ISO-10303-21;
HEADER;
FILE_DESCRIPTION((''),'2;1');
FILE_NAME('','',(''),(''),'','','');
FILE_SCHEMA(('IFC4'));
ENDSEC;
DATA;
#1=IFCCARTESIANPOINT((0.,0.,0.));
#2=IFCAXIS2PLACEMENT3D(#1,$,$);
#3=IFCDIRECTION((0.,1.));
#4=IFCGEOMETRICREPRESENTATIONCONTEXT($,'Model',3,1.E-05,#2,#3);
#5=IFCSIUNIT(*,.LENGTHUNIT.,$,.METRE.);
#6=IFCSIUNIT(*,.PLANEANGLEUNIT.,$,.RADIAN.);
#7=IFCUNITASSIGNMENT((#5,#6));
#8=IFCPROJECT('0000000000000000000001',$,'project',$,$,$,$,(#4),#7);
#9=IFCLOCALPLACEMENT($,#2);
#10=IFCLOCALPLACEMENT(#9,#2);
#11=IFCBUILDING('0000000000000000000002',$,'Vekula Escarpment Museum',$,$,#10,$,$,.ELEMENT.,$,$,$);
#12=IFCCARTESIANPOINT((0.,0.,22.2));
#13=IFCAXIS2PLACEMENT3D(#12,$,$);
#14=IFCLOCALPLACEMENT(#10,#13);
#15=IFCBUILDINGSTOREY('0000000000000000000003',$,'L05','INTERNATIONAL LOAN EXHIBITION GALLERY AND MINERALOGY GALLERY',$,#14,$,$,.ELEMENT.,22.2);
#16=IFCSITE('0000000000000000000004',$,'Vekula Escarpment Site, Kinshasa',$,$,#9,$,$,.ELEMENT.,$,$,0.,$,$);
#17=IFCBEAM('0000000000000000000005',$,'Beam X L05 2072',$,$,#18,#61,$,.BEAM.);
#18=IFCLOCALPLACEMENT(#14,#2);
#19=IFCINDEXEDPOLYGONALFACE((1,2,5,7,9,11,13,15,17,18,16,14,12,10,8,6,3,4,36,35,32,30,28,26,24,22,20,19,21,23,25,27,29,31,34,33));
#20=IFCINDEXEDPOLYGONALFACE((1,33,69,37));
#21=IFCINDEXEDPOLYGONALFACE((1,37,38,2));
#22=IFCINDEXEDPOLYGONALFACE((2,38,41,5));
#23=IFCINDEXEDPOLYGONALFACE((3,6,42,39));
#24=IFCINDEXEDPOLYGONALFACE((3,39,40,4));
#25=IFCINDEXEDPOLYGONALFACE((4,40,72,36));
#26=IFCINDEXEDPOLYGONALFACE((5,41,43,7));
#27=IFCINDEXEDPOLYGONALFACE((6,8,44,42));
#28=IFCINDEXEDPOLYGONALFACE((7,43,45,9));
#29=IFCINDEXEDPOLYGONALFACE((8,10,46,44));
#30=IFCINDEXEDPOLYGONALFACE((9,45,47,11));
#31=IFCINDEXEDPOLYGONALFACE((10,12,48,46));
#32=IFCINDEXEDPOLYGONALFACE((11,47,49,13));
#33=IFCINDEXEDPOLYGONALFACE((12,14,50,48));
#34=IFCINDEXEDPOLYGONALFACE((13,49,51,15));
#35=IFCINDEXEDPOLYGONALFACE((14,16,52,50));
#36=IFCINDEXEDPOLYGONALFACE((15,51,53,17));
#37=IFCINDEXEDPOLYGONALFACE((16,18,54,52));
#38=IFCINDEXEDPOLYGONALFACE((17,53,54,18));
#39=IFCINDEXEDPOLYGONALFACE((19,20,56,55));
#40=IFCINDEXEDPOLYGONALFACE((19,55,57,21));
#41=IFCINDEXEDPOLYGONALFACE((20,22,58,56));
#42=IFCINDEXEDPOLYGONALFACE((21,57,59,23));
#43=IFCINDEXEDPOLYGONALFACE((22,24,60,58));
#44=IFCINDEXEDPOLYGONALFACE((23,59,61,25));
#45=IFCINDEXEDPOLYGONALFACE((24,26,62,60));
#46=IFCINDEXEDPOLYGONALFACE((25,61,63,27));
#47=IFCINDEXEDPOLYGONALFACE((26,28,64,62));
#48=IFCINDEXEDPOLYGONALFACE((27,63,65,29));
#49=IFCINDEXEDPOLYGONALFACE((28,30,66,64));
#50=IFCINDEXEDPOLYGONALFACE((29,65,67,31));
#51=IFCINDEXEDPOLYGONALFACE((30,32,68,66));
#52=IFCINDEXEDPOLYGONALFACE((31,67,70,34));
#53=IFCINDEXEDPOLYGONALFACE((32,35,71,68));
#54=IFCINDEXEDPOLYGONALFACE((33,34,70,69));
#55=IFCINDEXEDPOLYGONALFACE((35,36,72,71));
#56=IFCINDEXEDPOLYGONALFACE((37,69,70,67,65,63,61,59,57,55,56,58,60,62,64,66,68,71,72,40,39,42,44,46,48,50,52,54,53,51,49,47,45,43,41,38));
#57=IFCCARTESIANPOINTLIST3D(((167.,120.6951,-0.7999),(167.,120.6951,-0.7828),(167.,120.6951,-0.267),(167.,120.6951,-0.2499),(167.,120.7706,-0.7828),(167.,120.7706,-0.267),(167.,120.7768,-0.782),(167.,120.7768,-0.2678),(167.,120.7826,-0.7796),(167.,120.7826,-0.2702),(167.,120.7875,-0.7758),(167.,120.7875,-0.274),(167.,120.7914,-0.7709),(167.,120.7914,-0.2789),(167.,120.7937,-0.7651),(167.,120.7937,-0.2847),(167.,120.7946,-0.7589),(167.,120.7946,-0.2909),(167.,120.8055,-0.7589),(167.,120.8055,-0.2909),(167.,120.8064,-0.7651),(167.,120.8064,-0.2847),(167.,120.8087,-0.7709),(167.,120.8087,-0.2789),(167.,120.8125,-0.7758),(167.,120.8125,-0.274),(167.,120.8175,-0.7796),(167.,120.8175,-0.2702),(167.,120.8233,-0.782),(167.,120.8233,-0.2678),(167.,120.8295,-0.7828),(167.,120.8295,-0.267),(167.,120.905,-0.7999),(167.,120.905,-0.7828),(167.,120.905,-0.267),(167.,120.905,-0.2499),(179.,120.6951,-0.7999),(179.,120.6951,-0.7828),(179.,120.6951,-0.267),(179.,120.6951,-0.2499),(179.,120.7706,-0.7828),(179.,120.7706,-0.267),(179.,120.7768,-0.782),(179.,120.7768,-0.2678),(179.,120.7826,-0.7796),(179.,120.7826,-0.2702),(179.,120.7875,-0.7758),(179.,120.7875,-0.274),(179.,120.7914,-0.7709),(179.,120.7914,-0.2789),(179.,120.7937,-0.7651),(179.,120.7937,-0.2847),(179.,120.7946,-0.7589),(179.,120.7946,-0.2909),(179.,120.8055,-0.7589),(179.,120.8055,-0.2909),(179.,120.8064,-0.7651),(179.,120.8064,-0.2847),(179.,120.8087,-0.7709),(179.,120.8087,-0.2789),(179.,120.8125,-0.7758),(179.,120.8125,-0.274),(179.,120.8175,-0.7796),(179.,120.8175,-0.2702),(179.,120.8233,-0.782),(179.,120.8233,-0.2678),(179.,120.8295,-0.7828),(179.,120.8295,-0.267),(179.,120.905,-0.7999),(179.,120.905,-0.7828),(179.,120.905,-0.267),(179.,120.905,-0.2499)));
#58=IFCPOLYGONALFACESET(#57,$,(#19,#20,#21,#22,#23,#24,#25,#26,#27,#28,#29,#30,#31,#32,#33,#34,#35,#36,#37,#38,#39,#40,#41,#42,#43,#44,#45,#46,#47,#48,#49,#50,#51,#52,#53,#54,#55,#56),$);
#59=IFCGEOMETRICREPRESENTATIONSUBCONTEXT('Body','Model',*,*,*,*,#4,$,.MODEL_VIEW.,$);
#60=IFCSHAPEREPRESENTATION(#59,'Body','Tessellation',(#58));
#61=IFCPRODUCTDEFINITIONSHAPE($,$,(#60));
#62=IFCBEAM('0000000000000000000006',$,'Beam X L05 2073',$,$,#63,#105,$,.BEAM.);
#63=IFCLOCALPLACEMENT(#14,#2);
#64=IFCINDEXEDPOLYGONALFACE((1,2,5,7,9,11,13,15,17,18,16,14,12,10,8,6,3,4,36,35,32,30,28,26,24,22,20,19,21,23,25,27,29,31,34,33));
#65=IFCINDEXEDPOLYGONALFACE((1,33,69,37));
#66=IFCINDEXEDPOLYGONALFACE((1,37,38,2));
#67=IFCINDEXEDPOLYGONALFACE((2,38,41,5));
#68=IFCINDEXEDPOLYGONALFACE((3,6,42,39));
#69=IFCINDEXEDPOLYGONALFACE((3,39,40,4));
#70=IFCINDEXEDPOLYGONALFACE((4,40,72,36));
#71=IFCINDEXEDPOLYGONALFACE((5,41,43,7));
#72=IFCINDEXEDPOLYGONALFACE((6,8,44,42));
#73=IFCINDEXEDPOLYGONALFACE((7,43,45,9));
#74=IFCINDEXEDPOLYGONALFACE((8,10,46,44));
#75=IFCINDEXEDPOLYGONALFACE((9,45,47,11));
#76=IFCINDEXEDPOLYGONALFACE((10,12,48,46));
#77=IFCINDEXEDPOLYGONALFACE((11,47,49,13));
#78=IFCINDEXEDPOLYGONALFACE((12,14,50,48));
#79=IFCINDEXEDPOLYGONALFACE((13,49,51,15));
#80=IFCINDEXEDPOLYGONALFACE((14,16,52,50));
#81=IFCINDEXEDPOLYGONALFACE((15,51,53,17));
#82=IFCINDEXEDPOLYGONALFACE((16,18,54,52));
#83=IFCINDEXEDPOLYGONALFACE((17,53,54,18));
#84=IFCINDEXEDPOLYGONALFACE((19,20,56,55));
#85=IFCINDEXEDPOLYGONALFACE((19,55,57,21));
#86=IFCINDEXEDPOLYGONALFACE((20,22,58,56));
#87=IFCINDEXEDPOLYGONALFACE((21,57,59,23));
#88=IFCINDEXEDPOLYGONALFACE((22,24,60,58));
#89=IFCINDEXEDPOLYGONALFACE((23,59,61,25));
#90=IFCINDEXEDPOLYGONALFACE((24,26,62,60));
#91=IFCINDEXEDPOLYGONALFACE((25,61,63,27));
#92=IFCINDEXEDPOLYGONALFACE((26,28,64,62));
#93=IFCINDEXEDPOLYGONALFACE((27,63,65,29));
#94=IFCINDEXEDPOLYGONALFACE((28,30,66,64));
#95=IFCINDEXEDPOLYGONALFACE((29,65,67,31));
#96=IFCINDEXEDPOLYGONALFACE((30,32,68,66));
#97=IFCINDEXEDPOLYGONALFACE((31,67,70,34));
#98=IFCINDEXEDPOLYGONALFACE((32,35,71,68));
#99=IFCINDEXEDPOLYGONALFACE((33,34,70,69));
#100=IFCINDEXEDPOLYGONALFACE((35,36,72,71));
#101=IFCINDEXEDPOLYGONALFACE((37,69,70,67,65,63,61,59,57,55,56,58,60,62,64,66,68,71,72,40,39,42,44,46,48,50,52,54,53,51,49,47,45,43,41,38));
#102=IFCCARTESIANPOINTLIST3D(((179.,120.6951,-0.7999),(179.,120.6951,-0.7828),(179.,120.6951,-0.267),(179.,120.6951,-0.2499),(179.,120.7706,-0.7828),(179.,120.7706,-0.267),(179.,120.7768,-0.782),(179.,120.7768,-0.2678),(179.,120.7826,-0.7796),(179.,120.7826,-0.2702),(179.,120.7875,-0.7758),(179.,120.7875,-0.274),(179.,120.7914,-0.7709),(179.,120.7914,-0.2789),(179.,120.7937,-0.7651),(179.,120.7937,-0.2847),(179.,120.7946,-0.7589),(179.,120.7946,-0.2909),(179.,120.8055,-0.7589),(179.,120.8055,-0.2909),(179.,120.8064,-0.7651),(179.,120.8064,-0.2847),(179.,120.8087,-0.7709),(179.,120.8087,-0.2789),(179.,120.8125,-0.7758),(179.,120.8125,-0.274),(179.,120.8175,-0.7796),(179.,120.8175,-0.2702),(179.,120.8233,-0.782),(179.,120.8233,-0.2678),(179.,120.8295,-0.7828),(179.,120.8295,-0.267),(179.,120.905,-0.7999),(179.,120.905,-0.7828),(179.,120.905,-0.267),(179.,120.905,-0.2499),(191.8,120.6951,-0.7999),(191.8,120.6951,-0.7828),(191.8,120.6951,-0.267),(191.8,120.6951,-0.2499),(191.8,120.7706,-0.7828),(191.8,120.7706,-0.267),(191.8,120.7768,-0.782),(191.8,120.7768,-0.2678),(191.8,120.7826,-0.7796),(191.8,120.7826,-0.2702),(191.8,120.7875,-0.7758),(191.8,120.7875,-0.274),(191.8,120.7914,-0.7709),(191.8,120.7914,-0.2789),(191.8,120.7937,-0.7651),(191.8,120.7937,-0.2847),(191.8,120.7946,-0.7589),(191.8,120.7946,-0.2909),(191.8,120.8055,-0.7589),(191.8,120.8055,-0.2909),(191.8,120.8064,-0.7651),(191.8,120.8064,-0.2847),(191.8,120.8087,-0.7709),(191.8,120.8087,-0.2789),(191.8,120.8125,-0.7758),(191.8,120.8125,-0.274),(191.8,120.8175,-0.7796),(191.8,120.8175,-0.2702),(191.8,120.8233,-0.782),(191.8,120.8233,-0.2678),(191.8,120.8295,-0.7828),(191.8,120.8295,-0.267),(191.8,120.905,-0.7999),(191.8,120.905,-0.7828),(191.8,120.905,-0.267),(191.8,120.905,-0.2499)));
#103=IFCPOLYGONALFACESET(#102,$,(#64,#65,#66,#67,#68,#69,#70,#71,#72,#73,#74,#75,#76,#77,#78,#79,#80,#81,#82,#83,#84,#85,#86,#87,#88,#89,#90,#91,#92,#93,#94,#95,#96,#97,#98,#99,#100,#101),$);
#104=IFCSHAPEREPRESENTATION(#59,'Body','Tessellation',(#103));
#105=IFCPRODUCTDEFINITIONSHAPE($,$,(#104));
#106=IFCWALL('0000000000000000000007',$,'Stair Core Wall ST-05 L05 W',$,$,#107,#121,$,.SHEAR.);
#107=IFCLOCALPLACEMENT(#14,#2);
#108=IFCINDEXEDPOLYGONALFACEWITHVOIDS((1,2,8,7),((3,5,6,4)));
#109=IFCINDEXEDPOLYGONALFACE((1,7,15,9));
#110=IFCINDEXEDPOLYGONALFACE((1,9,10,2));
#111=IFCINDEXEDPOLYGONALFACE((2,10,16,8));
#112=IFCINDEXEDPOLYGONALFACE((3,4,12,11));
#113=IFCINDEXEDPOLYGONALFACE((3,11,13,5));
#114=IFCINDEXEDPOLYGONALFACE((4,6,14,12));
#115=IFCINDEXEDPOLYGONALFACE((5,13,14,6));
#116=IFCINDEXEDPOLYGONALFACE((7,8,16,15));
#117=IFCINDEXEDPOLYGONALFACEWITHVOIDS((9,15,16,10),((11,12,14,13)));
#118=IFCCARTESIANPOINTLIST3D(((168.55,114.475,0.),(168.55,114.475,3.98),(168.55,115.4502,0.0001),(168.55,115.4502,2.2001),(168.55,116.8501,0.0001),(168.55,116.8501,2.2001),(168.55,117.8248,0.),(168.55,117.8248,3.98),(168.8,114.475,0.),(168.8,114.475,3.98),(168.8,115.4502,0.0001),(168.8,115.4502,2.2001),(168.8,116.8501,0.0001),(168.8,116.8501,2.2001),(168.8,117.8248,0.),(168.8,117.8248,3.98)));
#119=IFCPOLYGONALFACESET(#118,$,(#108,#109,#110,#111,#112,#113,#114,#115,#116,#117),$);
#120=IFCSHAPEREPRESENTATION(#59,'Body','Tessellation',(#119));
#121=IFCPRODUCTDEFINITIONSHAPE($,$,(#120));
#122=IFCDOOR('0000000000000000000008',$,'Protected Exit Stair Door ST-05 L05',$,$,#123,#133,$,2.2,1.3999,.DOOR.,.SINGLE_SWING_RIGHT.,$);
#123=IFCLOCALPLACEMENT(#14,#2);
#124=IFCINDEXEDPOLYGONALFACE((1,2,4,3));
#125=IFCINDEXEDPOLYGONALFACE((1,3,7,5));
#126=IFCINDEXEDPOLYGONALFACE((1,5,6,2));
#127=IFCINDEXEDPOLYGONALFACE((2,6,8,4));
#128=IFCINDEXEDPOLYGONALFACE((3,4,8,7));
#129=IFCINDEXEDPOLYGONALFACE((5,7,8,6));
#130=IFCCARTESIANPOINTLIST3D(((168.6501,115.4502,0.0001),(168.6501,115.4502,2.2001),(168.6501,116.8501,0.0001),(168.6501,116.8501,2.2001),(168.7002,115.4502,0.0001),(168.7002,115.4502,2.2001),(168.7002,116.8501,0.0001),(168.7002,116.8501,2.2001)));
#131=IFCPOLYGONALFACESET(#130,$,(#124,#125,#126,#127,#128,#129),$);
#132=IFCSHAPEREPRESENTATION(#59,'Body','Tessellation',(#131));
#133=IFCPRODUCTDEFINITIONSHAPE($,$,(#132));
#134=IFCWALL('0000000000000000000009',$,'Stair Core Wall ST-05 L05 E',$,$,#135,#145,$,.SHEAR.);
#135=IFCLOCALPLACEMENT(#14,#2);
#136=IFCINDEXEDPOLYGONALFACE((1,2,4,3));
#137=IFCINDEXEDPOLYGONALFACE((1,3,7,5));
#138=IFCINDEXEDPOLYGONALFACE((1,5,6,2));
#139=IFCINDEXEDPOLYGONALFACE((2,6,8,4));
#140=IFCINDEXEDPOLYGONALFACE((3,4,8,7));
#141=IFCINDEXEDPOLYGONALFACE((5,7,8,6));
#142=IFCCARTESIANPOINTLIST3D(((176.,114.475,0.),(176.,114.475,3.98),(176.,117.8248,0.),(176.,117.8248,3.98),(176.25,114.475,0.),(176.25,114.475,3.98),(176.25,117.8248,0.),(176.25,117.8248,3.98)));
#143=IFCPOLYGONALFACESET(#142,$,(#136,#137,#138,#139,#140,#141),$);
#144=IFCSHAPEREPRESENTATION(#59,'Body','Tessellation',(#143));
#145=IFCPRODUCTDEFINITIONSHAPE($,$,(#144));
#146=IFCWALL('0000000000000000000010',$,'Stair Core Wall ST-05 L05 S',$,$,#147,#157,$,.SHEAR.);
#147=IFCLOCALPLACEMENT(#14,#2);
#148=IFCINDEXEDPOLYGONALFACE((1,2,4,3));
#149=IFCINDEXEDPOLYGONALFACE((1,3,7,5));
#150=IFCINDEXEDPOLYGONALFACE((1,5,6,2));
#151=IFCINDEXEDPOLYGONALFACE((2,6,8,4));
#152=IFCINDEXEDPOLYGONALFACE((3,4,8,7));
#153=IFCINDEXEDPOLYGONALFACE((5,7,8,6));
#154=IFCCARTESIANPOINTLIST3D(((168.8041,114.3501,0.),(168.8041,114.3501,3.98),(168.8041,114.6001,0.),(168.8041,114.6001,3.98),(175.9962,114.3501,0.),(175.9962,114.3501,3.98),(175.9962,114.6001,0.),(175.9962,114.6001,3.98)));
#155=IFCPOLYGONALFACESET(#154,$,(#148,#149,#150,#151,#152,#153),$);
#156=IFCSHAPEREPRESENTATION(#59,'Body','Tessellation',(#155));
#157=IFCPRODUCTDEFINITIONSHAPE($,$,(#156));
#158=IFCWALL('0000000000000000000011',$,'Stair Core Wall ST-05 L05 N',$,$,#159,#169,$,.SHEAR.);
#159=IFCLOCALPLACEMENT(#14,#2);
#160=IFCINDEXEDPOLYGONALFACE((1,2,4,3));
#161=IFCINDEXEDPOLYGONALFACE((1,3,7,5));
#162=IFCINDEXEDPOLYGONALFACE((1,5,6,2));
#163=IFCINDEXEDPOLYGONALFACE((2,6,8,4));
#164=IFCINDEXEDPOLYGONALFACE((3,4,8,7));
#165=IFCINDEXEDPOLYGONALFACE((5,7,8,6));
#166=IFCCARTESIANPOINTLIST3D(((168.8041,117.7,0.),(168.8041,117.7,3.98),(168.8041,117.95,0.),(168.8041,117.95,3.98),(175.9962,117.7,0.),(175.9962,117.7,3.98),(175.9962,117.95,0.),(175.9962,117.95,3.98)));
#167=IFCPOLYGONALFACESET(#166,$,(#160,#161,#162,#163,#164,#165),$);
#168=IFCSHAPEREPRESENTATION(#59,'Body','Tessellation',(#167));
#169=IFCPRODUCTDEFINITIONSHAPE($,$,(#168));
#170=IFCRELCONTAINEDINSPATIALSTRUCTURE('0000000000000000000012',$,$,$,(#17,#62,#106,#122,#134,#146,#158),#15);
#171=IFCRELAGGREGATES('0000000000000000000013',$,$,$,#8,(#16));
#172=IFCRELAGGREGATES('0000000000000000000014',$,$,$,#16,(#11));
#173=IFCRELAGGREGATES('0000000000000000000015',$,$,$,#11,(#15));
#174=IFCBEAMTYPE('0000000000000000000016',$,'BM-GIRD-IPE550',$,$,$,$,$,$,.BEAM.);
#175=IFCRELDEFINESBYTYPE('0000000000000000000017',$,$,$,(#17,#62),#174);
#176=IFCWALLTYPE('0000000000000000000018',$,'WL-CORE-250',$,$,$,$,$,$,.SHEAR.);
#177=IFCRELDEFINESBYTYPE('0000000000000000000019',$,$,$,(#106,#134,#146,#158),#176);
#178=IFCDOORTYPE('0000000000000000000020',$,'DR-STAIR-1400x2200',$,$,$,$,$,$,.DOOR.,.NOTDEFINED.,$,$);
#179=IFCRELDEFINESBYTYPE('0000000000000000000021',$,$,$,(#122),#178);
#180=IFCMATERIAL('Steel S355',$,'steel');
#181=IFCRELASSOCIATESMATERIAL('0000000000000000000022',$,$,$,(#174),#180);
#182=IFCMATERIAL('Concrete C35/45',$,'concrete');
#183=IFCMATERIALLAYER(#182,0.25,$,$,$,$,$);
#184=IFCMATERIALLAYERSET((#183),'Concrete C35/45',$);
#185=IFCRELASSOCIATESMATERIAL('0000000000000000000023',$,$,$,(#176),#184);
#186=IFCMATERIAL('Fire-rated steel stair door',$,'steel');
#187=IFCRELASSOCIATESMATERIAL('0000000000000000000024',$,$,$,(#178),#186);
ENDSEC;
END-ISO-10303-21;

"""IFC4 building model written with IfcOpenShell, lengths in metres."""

from ifc_helpers import new_model, si_unit, direction, frame, frame_2d, origin, origin_2d, place, context, subcontext, project, spatial, rectangle, i_section, extrude, material, layer, layer_set, material_profile, profile_set, type_object, element, fill, save


model = new_model("IFC4")

# Units and contexts
model_context = context("Model", 3, precision=1e-05, world=origin(), true_north=direction((0.0, 1.0)))
body_context = subcontext(model_context, "Body", "Model", "MODEL_VIEW")
ifc_project = project(units=[si_unit("LENGTHUNIT", "METRE"), si_unit("PLANEANGLEUNIT", "RADIAN")], contexts=[model_context])

# Site, building, storey
site_placement = place(None, origin())
site = spatial("IfcSite", under=ifc_project, at=site_placement, Name="Vekula Escarpment Site, Kinshasa", CompositionType="ELEMENT", RefElevation=0.0)
building_placement = place(site_placement, origin())
building = spatial("IfcBuilding", under=site, at=building_placement, Name="Vekula Escarpment Museum", CompositionType="ELEMENT")
storey_placement = place(building_placement, frame((0.0, 0.0, 22.2)))
storey = spatial("IfcBuildingStorey", under=building, at=storey_placement, Name="L05", Description="INTERNATIONAL LOAN EXHIBITION GALLERY AND MINERALOGY GALLERY", CompositionType="ELEMENT", Elevation=22.2)

# Beams
ifc_material_1 = material(Name="Steel S355", Category="steel")
ifc_material_profile_1 = material_profile(ifc_material_1, i_section(OverallWidth=0.21, OverallDepth=0.55, WebThickness=0.011, FlangeThickness=0.0171, FilletRadius=0.0239, at=origin_2d()), Name="IPE 550")
ifc_profile_set_1 = profile_set([ifc_material_profile_1], Name="Steel S355")
beam_type_1 = type_object("IfcBeamType", Name="BM-GIRD-IPE550", PredefinedType="BEAM", material=ifc_profile_set_1)
beam_1_placement = place(storey_placement, frame((167.0, 120.8, -0.5249), z_axis=(1.0, 0.0, 0.0), x_axis=(0.0, 1.0, 0.0)))
element("IfcBeam", 1, at=beam_1_placement, inside=storey, type_object=beam_type_1, Name="Beam X L05 2072", PredefinedType="BEAM", context=body_context, shape_type="SweptSolid", body=[
    extrude(i_section(OverallWidth=0.21, OverallDepth=0.55, WebThickness=0.011, FlangeThickness=0.0171, FilletRadius=0.0239, at=origin_2d()), origin(), (0.0, 0.0, 1.0), 12.0),
])
beam_2_placement = place(storey_placement, frame((179.0, 120.8, -0.5249), z_axis=(1.0, 0.0, 0.0), x_axis=(0.0, 1.0, 0.0)))
element("IfcBeam", 2, at=beam_2_placement, inside=storey, type_object=beam_type_1, Name="Beam X L05 2073", PredefinedType="BEAM", context=body_context, shape_type="SweptSolid", body=[
    extrude(i_section(OverallWidth=0.21, OverallDepth=0.55, WebThickness=0.011, FlangeThickness=0.0171, FilletRadius=0.0239, at=origin_2d()), origin(), (0.0, 0.0, 1.0), 12.8),
])

# Wall, opening, door
ifc_material_2 = material(Name="Concrete C35/45", Category="concrete")
ifc_layer_1 = layer(ifc_material_2, 0.25)
ifc_layer_set_1 = layer_set([ifc_layer_1], Name="Concrete C35/45")
wall_type_1 = type_object("IfcWallType", Name="WL-CORE-250", PredefinedType="SHEAR", material=ifc_layer_set_1)
wall_1_placement = place(storey_placement, frame((168.675, 114.4751, 0.0), z_axis=(0.0, 0.0, 1.0), x_axis=(0.0, 1.0, 0.0)))
wall_1 = element("IfcWall", 3, at=wall_1_placement, inside=storey, type_object=wall_type_1, Name="Stair Core Wall ST-05 L05 W", PredefinedType="SHEAR", context=body_context, shape_type="SweptSolid", body=[
    extrude(rectangle(XDim=3.3499, YDim=0.25, at=frame_2d((1.6748, 0.0))), origin(), (0.0, 0.0, 1.0), 3.98),
])
opening_1_placement = place(wall_1_placement, frame((0.9751, 0.0, 0.0)))
opening_1 = element("IfcOpeningElement", 4, at=opening_1_placement, cuts=wall_1, PredefinedType="OPENING", context=body_context, shape_type="SweptSolid", body=[
    extrude(rectangle(XDim=1.3999, YDim=2.2, at=frame_2d((0.7, 1.1001))), frame((0.0, 0.135, 0.0), z_axis=(0.0, -1.0, 0.0), x_axis=(1.0, 0.0, 0.0)), (0.0, 0.0, 1.0), 0.27),
])
ifc_material_3 = material(Name="Fire-rated steel stair door", Category="steel")
door_type_1 = type_object("IfcDoorType", Name="DR-STAIR-1400x2200", OperationType="NOTDEFINED", PredefinedType="DOOR", material=ifc_material_3)
door_1_placement = place(opening_1_placement, origin())
door_1 = element("IfcDoor", 5, at=door_1_placement, inside=storey, type_object=door_type_1, Name="Protected Exit Stair Door ST-05 L05", OperationType="SINGLE_SWING_RIGHT", OverallHeight=2.2, OverallWidth=1.3999, PredefinedType="DOOR", context=body_context, shape_type="SweptSolid", body=[
    extrude(rectangle(XDim=1.3999, YDim=2.2, at=frame_2d((0.7, 1.1001))), frame((0.0, 0.0249, 0.0), z_axis=(0.0, -1.0, 0.0), x_axis=(1.0, 0.0, 0.0)), (0.0, 0.0, 1.0), 0.05),
])
fill(opening_1, door_1)

# Walls
wall_2_placement = place(storey_placement, frame((176.125, 114.4751, 0.0), z_axis=(0.0, 0.0, 1.0), x_axis=(0.0, 1.0, 0.0)))
element("IfcWall", 6, at=wall_2_placement, inside=storey, type_object=wall_type_1, Name="Stair Core Wall ST-05 L05 E", PredefinedType="SHEAR", context=body_context, shape_type="SweptSolid", body=[
    extrude(rectangle(XDim=3.3499, YDim=0.25, at=frame_2d((1.6748, 0.0))), origin(), (0.0, 0.0, 1.0), 3.98),
])
for number, where, z_axis, x_axis, name in (
    (7, (168.804, 114.4751, 0.0), (0.0, 0.0, 1.0), (1.0, 0.0, 0.0), "Stair Core Wall ST-05 L05 S"),
    (8, (168.804, 117.825, 0.0), (0.0, 0.0, 1.0), (1.0, 0.0, 0.0), "Stair Core Wall ST-05 L05 N"),
):
    element("IfcWall", number, at=place(storey_placement, frame(where, z_axis=z_axis, x_axis=x_axis)), inside=storey, type_object=wall_type_1, Name=name, PredefinedType="SHEAR", context=body_context, shape_type="SweptSolid", body=[
        extrude(rectangle(XDim=7.1921, YDim=0.25, at=frame_2d((3.5962, 0.0))), origin(), (0.0, 0.0, 1.0), 3.98),
    ])

save(model, "model.ifc")
